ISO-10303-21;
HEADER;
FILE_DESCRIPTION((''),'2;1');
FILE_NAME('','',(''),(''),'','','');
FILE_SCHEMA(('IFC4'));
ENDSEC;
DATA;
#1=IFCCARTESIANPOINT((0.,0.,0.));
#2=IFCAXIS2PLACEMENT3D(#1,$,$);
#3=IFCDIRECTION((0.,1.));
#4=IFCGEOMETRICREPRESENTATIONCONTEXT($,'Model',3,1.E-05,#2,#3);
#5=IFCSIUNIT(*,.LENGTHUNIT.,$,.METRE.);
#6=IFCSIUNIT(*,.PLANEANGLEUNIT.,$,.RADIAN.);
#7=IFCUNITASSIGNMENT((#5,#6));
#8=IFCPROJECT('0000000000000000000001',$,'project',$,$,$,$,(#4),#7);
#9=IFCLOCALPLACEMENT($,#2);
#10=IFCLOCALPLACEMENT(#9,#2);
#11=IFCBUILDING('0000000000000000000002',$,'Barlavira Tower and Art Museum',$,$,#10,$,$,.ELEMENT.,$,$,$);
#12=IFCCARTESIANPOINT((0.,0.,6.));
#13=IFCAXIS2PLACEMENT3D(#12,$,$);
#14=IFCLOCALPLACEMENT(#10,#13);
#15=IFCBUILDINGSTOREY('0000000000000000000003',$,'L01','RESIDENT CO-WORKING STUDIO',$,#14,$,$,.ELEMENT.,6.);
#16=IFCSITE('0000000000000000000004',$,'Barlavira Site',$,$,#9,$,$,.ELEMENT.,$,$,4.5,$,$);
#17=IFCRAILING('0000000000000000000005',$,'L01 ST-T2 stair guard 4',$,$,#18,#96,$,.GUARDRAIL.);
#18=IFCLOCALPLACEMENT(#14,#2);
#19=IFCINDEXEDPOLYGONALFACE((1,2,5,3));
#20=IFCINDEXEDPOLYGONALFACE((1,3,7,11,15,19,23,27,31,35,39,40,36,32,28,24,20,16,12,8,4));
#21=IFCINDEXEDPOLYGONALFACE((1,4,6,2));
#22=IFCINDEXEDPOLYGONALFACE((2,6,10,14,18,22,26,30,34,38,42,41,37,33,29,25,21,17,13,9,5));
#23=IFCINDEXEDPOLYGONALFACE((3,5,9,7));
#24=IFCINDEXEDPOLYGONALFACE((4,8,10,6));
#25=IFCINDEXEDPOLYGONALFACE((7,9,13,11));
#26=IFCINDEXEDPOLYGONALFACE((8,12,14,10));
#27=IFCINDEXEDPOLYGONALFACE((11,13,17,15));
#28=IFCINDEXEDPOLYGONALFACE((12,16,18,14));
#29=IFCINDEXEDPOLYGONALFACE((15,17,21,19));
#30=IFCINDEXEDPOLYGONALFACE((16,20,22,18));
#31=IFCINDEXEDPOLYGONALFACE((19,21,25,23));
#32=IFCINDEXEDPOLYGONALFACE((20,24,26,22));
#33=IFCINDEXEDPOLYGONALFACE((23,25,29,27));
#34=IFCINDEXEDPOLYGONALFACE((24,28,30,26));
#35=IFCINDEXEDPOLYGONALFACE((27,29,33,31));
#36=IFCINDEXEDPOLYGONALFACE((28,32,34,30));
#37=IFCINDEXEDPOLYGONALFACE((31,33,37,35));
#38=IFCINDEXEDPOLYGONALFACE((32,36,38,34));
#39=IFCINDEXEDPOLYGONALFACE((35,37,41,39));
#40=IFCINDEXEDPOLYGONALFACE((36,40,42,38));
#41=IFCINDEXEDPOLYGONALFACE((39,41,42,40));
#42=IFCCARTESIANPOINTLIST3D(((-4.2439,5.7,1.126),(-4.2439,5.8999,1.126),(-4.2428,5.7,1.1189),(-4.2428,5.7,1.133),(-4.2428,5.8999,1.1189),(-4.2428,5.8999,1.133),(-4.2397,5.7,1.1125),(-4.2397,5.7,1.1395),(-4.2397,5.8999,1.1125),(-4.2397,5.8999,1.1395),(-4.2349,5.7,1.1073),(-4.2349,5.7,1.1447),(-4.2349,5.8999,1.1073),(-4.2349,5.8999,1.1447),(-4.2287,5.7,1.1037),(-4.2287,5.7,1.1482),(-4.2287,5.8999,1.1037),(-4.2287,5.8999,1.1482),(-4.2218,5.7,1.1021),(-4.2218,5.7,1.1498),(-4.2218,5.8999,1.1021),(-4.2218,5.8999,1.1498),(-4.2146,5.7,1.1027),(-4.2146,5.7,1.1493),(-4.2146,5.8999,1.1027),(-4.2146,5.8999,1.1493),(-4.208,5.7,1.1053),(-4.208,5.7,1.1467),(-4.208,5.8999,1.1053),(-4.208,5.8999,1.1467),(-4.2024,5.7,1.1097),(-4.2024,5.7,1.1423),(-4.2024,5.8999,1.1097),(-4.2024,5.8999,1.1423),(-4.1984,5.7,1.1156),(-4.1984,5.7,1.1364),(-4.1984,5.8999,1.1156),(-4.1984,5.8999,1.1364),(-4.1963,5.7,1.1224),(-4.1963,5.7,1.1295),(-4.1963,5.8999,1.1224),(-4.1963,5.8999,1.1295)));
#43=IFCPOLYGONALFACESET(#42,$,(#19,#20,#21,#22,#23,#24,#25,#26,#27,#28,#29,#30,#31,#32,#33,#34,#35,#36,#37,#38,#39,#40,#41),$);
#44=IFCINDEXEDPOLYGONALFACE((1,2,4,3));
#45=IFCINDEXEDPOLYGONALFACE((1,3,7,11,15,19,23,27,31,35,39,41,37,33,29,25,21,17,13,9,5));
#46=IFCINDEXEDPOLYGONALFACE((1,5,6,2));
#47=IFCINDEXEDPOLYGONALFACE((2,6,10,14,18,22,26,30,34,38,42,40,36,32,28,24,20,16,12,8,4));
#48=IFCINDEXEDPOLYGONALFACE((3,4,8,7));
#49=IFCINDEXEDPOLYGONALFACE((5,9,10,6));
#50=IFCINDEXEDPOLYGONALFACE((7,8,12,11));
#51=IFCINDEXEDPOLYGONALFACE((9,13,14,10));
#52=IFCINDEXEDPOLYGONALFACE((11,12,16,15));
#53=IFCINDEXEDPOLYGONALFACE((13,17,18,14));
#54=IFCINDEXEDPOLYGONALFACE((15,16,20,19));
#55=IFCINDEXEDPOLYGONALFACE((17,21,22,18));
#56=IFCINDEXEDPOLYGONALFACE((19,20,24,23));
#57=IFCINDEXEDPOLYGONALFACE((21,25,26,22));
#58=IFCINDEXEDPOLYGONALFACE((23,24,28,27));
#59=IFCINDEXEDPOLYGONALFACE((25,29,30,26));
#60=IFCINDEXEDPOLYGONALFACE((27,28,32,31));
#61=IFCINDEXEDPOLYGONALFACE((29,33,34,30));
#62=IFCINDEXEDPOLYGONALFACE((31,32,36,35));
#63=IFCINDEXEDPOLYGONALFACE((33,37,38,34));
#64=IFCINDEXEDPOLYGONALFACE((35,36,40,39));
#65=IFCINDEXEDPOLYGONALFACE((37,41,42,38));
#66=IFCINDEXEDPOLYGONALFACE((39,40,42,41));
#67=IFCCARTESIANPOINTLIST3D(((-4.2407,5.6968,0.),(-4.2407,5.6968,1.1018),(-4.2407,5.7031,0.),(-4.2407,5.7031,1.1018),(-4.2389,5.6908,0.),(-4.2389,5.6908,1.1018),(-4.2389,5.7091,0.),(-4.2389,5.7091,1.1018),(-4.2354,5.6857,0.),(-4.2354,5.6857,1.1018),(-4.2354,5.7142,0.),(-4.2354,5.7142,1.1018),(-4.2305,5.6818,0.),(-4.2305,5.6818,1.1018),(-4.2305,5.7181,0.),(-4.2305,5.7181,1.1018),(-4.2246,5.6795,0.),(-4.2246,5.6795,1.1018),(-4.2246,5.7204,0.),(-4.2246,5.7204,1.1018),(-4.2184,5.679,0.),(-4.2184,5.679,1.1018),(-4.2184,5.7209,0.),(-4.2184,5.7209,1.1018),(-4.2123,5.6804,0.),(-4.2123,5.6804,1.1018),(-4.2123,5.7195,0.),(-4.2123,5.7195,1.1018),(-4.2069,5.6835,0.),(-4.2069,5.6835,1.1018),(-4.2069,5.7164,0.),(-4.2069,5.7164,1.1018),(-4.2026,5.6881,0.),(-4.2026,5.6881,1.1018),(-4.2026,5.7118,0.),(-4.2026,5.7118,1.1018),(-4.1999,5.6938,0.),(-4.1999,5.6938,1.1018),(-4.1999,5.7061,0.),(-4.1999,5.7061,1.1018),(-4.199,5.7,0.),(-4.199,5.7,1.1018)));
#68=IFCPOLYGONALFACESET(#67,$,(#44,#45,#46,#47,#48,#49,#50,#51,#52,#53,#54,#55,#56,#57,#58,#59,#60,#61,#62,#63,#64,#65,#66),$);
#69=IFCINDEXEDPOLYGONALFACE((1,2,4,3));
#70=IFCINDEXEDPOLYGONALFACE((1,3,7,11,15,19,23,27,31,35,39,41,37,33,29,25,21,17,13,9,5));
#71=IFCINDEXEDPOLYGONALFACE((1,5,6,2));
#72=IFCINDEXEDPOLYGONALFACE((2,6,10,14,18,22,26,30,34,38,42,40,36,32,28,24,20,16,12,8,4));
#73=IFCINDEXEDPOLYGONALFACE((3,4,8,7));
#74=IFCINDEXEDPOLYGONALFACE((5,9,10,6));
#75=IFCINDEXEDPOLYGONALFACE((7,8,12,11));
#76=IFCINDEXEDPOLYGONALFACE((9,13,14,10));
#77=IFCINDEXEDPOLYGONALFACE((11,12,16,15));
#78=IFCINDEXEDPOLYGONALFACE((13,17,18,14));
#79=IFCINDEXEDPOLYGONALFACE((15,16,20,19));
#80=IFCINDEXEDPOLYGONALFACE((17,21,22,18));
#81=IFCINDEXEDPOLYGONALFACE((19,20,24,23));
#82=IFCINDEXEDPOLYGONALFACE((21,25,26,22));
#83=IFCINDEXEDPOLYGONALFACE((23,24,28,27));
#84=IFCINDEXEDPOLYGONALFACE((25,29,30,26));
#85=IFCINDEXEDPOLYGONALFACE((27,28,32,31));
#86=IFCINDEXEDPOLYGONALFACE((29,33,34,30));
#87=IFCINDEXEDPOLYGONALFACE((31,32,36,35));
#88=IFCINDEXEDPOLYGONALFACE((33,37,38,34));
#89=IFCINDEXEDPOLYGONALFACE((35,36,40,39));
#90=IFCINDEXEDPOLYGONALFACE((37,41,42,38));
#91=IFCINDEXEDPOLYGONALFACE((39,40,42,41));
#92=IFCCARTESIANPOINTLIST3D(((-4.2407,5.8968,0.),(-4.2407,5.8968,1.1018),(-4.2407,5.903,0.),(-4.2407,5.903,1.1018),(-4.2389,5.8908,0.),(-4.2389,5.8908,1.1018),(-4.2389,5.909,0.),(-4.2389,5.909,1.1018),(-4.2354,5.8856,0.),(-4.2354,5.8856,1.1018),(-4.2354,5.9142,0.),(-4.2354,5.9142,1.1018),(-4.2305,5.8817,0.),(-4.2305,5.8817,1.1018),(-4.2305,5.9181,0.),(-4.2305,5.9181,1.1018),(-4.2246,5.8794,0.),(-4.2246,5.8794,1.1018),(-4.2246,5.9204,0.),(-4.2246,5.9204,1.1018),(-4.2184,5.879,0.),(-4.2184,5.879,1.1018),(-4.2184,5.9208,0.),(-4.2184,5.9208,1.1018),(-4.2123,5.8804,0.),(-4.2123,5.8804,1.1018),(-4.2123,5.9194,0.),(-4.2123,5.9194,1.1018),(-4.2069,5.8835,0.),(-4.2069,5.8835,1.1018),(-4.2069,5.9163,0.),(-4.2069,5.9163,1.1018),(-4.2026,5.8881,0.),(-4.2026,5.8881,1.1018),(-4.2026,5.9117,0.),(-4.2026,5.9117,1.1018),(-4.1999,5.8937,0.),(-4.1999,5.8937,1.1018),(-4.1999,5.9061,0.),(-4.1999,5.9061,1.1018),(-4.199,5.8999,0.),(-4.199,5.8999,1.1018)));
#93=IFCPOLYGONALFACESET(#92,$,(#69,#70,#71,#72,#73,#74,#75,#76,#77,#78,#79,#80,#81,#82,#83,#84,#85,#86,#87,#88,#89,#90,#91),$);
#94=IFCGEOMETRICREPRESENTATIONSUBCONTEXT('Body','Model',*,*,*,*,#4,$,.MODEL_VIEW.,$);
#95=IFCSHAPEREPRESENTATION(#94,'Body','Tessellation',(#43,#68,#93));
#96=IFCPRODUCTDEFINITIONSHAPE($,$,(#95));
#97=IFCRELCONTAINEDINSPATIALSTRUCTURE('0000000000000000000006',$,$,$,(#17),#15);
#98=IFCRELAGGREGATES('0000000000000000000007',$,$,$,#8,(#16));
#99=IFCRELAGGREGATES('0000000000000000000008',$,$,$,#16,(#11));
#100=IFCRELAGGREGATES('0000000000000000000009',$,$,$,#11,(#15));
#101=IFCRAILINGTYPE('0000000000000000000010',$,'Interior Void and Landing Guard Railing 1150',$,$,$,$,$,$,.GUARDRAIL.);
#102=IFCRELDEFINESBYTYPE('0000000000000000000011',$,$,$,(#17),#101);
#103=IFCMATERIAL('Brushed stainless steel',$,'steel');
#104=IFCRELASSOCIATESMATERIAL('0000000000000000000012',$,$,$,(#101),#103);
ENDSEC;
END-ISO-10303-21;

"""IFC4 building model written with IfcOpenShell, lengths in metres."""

from ifc_helpers import new_model, si_unit, direction, frame, origin, origin_2d, place, context, subcontext, project, spatial, circle, extrude, material, type_object, element, save


model = new_model("IFC4")

# Units and contexts
model_context = context("Model", 3, precision=1e-05, world=origin(), true_north=direction((0.0, 1.0)))
body_context = subcontext(model_context, "Body", "Model", "MODEL_VIEW")
ifc_project = project(units=[si_unit("LENGTHUNIT", "METRE"), si_unit("PLANEANGLEUNIT", "RADIAN")], contexts=[model_context])

# Site, building, storey
site_placement = place(None, origin())
site = spatial("IfcSite", under=ifc_project, at=site_placement, Name="Barlavira Site", CompositionType="ELEMENT", RefElevation=4.5)
building_placement = place(site_placement, origin())
building = spatial("IfcBuilding", under=site, at=building_placement, Name="Barlavira Tower and Art Museum", CompositionType="ELEMENT")
storey_placement = place(building_placement, frame((0.0, 0.0, 6.0)))
storey = spatial("IfcBuildingStorey", under=building, at=storey_placement, Name="L01", Description="RESIDENT CO-WORKING STUDIO", CompositionType="ELEMENT", Elevation=6.0)

# Shared definitions
ifc_material_1 = material(Name="Brushed stainless steel", Category="steel")

# Railing
railing_type_1 = type_object("IfcRailingType", Name="Interior Void and Landing Guard Railing 1150", PredefinedType="GUARDRAIL", material=ifc_material_1)
railing_1_placement = place(storey_placement, frame((-4.22, 5.7, 0.0)))
element("IfcRailing", 1, at=railing_1_placement, inside=storey, type_object=railing_type_1, Name="L01 ST-T2 stair guard 4", PredefinedType="GUARDRAIL", context=body_context, shape_type="SweptSolid", body=[
    extrude(circle(Radius=0.0239, at=origin_2d()), frame((0.0, 0.0, 1.126), z_axis=(0.0, 1.0, 0.0), x_axis=(-1.0, 0.0, 0.0)), (0.0, 0.0, 1.0), 0.2),
    extrude(circle(Radius=0.021, at=origin_2d()), origin(), (0.0, 0.0, 1.0), 1.1018),
    extrude(circle(Radius=0.021, at=origin_2d()), frame((0.0, 0.2, 0.0)), (0.0, 0.0, 1.0), 1.1018),
])

save(model, "model.ifc")
